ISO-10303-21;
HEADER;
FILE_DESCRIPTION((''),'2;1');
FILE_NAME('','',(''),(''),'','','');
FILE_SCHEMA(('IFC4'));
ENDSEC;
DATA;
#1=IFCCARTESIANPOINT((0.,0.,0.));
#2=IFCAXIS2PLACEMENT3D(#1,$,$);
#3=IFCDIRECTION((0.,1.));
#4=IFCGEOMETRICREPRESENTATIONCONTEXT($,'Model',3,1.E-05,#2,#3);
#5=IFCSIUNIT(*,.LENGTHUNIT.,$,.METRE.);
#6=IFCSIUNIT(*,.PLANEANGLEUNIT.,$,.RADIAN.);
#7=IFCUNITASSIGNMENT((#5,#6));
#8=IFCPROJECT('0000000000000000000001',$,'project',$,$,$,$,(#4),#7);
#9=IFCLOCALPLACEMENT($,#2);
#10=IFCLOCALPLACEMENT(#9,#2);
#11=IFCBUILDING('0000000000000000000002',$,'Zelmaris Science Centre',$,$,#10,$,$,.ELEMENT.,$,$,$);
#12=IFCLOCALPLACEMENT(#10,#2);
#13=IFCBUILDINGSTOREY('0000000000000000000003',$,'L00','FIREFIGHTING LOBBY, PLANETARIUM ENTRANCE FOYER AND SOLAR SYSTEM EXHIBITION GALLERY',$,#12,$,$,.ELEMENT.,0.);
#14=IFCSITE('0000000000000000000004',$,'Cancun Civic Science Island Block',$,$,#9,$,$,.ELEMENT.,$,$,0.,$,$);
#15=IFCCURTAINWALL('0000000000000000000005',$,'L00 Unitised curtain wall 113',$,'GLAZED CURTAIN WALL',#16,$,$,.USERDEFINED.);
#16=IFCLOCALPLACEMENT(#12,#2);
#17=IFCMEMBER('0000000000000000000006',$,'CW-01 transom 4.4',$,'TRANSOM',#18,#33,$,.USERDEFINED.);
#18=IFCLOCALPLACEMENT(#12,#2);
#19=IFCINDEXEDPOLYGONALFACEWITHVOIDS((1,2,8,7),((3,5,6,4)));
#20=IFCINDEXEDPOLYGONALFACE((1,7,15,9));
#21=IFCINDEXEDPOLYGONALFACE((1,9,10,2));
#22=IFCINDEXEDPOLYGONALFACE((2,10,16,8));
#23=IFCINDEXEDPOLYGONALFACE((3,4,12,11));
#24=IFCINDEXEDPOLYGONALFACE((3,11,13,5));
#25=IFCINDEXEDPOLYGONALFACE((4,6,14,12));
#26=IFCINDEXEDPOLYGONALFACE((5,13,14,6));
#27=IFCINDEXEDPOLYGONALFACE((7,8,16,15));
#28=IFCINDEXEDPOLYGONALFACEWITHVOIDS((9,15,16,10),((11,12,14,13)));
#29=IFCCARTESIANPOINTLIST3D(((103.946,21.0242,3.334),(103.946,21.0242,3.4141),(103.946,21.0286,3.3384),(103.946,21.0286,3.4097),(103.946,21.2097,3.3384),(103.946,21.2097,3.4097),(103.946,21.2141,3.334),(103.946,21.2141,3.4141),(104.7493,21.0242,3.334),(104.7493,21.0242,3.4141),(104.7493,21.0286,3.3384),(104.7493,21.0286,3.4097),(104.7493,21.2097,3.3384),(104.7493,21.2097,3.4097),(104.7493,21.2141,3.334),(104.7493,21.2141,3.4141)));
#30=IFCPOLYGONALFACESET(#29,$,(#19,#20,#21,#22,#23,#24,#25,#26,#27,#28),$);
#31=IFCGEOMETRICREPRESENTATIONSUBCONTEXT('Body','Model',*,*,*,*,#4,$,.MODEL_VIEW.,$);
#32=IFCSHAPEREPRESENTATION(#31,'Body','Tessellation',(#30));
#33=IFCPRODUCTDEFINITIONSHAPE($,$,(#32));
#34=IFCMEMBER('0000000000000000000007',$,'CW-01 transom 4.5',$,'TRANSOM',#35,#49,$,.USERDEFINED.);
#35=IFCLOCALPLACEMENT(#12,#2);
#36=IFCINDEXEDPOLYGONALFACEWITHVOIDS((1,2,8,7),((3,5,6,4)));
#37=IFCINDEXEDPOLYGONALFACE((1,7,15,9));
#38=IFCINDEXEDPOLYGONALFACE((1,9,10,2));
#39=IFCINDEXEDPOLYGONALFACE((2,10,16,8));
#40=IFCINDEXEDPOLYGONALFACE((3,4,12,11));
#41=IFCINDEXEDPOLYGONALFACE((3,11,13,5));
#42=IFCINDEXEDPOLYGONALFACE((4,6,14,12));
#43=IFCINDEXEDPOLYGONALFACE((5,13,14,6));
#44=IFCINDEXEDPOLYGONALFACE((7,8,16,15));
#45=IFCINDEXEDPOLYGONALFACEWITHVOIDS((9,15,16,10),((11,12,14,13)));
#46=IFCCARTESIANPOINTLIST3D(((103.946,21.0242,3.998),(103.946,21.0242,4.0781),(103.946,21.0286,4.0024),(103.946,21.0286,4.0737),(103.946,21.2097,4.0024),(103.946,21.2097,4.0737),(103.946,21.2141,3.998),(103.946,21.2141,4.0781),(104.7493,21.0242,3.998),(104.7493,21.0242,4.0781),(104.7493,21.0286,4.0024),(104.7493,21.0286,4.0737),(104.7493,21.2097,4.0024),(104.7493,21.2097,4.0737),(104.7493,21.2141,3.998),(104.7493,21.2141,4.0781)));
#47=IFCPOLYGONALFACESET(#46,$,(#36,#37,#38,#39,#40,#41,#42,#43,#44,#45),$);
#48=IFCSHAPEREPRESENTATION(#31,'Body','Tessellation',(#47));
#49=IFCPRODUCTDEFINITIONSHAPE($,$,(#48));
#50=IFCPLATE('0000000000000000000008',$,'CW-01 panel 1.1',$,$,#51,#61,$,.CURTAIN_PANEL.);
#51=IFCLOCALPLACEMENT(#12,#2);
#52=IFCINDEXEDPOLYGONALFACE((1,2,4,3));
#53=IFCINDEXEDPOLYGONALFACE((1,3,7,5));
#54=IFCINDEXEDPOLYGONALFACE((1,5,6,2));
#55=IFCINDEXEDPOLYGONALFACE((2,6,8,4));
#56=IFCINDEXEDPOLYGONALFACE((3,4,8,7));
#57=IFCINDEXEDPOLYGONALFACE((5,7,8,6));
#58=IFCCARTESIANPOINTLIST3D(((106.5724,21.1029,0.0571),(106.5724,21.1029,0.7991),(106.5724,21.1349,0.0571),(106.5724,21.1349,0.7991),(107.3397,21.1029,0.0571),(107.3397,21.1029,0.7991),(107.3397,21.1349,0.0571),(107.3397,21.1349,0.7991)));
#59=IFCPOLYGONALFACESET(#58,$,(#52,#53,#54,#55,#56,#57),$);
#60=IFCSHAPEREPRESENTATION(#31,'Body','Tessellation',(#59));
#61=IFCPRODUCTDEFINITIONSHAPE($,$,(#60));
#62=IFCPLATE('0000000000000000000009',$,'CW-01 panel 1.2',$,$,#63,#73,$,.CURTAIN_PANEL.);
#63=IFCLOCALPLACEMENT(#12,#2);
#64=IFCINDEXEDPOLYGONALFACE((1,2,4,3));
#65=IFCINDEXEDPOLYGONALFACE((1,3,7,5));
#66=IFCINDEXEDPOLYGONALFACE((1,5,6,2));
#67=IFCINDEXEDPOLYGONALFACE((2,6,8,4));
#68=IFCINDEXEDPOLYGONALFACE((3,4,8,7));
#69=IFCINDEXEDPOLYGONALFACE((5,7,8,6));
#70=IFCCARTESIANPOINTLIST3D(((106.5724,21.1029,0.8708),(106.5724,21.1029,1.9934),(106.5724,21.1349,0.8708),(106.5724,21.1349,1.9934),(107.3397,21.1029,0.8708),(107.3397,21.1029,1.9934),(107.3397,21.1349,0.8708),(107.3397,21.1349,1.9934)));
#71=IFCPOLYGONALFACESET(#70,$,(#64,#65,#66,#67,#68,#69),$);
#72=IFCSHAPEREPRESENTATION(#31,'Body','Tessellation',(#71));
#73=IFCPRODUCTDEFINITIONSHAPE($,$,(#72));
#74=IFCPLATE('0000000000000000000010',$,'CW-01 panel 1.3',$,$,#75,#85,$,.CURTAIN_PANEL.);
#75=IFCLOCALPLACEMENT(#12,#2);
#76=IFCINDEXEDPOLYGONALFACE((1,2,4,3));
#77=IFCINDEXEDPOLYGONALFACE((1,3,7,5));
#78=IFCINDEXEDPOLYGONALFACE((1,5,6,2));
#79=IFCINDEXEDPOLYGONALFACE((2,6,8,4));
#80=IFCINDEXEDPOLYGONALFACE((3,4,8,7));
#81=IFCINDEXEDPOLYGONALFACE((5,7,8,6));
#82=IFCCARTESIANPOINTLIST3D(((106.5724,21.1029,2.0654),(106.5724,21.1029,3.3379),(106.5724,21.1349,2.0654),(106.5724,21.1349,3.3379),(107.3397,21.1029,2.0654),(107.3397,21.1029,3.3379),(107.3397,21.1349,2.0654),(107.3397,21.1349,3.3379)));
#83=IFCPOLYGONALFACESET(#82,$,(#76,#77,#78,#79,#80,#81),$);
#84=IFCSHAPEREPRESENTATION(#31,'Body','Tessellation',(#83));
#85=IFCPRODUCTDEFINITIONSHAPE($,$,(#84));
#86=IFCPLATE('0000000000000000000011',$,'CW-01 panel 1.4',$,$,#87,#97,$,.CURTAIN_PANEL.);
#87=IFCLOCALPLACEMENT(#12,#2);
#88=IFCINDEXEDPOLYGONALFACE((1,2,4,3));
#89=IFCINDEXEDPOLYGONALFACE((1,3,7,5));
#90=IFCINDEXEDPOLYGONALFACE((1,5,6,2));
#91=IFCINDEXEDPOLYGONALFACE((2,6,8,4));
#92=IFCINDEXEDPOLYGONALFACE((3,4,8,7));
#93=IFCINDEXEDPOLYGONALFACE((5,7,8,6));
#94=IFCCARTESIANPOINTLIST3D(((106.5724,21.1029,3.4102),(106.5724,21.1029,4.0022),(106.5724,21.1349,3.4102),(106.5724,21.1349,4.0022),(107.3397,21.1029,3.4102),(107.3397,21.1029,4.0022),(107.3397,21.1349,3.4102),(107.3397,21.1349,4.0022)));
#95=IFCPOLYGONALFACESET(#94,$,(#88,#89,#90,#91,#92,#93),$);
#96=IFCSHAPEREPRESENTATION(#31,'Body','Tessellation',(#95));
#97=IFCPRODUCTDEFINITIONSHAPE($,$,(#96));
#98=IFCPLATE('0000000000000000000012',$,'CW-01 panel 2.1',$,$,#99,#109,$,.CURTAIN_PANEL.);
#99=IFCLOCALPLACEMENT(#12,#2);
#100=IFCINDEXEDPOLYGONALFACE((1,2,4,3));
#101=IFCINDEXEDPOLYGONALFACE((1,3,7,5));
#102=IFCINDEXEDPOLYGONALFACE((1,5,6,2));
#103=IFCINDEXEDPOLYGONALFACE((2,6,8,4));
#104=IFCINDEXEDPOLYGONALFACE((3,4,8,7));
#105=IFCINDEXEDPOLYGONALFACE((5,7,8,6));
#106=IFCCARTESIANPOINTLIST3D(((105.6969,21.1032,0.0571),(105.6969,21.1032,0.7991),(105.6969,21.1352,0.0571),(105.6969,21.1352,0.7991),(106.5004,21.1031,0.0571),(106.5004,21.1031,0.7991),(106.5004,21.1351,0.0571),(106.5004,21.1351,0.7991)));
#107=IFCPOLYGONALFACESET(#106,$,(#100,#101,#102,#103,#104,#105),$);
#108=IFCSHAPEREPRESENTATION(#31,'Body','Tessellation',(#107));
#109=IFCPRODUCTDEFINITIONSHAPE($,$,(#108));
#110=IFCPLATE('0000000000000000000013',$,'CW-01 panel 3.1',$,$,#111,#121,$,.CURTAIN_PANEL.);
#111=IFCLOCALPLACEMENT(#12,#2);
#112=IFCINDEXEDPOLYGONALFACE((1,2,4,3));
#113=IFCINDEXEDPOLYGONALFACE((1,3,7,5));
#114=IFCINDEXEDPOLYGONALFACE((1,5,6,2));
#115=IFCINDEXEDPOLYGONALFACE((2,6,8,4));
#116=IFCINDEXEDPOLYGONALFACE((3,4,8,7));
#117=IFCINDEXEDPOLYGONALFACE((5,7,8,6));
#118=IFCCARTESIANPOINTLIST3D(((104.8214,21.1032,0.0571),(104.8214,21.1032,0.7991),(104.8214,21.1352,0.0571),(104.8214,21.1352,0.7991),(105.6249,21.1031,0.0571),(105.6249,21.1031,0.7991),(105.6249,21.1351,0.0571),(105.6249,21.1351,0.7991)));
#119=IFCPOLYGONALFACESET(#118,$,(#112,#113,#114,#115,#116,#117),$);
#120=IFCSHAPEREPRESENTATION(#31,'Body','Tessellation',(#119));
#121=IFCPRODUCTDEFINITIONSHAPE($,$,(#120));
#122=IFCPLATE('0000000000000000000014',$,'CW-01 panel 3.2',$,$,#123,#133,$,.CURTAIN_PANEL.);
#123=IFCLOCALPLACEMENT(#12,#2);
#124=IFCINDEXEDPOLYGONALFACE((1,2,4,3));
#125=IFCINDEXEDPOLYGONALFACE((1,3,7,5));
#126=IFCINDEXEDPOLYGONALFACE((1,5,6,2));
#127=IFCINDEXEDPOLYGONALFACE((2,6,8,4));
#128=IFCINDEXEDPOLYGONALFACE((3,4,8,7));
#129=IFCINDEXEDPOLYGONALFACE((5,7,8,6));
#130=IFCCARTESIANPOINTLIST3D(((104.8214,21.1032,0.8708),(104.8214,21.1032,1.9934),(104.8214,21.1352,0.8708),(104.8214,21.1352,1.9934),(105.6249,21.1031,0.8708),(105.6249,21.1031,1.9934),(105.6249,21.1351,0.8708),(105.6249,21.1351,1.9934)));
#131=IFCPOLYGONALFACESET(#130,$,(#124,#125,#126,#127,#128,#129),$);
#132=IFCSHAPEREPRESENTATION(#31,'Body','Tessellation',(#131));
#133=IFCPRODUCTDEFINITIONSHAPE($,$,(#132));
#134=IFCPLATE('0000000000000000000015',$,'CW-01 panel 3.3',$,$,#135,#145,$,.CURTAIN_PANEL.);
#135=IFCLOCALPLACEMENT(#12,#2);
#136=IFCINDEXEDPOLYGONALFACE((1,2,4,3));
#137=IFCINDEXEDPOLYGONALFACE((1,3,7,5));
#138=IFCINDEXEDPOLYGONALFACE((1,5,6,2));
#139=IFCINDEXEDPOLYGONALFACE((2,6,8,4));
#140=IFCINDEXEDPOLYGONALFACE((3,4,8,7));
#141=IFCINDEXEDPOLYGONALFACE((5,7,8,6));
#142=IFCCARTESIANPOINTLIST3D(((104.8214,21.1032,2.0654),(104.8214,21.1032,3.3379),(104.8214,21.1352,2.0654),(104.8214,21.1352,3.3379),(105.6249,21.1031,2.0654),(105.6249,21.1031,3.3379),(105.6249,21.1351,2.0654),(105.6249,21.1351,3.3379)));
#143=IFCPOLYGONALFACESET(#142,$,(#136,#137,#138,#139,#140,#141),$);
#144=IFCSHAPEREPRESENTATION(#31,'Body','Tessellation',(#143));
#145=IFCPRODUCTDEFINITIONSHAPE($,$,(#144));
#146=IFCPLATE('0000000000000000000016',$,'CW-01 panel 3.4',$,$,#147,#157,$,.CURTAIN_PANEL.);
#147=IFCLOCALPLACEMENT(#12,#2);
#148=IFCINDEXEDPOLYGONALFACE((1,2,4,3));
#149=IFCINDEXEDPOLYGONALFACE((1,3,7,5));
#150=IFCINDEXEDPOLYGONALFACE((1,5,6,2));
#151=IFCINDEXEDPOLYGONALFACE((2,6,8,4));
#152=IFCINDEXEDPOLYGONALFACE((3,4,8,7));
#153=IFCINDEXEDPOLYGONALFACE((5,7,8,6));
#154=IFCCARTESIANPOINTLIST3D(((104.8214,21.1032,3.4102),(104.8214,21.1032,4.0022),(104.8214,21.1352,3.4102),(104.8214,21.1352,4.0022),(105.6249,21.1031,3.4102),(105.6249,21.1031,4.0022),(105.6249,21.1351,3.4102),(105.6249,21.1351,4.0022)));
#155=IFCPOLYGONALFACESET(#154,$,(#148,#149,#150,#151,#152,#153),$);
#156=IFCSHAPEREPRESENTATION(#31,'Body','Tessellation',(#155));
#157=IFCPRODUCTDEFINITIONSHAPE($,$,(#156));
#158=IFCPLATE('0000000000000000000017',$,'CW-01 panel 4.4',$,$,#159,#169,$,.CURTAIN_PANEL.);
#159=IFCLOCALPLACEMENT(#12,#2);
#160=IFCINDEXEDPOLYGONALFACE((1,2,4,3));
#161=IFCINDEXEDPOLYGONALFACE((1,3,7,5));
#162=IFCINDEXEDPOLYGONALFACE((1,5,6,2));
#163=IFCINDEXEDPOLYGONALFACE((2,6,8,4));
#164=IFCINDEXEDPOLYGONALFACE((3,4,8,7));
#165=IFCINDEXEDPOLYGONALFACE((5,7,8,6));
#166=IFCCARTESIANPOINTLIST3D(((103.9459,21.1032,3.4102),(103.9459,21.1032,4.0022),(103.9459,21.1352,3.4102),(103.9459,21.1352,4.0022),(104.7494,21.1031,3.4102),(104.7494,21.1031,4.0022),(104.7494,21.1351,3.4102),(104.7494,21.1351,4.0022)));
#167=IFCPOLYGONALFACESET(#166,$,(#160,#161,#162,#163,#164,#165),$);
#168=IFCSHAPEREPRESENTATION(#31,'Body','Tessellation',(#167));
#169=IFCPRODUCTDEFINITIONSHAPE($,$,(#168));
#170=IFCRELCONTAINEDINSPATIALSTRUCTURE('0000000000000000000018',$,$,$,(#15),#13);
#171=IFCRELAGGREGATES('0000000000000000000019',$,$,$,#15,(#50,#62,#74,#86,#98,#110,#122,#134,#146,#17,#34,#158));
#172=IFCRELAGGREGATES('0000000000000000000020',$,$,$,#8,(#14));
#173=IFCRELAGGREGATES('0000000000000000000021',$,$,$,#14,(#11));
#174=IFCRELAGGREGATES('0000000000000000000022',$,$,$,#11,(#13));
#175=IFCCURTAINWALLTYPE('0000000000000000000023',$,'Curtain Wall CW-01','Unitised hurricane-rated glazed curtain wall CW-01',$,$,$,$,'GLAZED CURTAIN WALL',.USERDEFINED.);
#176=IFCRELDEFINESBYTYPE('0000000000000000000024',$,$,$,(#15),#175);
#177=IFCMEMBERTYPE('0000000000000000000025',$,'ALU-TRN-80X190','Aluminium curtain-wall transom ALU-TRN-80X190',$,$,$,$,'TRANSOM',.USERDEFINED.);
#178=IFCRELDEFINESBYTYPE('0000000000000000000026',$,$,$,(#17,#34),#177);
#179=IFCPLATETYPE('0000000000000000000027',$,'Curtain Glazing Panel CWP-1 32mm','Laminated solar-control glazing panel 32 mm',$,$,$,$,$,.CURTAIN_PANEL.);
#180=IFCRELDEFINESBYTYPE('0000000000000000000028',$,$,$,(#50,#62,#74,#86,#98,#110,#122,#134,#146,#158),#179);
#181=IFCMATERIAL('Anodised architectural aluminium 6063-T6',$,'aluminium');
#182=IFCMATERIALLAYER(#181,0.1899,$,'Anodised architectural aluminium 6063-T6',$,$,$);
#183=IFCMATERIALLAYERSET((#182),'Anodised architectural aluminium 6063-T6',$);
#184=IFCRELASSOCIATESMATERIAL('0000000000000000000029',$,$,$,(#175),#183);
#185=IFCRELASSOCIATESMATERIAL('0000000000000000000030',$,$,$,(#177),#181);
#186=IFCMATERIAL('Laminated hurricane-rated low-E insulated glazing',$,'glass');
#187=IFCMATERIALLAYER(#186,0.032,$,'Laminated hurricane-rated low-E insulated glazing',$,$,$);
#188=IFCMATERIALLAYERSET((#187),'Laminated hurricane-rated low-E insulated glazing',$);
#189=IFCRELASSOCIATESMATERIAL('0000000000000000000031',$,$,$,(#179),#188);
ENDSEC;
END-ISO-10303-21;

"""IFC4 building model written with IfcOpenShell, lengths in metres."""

from ifc_helpers import new_model, si_unit, direction, frame, origin, origin_2d, place, context, subcontext, project, spatial, rectangle, hollow_rectangle, extrude, material, layer, layer_set, material_profile, profile_set, type_object, element, aggregate, save


model = new_model("IFC4")

# Units and contexts
model_context = context("Model", 3, precision=1e-05, world=origin(), true_north=direction((0.0, 1.0)))
body_context = subcontext(model_context, "Body", "Model", "MODEL_VIEW")
ifc_project = project(units=[si_unit("LENGTHUNIT", "METRE"), si_unit("PLANEANGLEUNIT", "RADIAN")], contexts=[model_context])

# Site, building, storey
site_placement = place(None, origin())
site = spatial("IfcSite", under=ifc_project, at=site_placement, Name="Cancun Civic Science Island Block", CompositionType="ELEMENT", RefElevation=0.0)
building_placement = place(site_placement, origin())
building = spatial("IfcBuilding", under=site, at=building_placement, Name="Zelmaris Science Centre", CompositionType="ELEMENT")
storey_placement = place(building_placement, origin())
storey = spatial("IfcBuildingStorey", under=building, at=storey_placement, Name="L00", Description="FIREFIGHTING LOBBY, PLANETARIUM ENTRANCE FOYER AND SOLAR SYSTEM EXHIBITION GALLERY", CompositionType="ELEMENT", Elevation=0.0)

# Curtain wall, members, plates
ifc_material_1 = material(Name="Anodised architectural aluminium 6063-T6", Category="aluminium")
ifc_layer_1 = layer(ifc_material_1, 0.1899, Name="Anodised architectural aluminium 6063-T6")
ifc_layer_set_1 = layer_set([ifc_layer_1], Name="Anodised architectural aluminium 6063-T6")
curtain_wall_type = type_object("IfcCurtainWallType", Name="Curtain Wall CW-01", Description="Unitised hurricane-rated glazed curtain wall CW-01", ElementType="GLAZED CURTAIN WALL", PredefinedType="USERDEFINED", material=ifc_layer_set_1)
curtain_wall_placement = place(storey_placement, origin())
curtain_wall = element("IfcCurtainWall", 1, at=curtain_wall_placement, inside=storey, type_object=curtain_wall_type, Name="L00 Unitised curtain wall 113", ObjectType="GLAZED CURTAIN WALL", PredefinedType="USERDEFINED")
ifc_material_profile_1 = material_profile(ifc_material_1, hollow_rectangle(XDim=0.0801, YDim=0.1899, WallThickness=0.0044, at=origin_2d()), Name="ALU-TRN-80X190")
ifc_profile_set_1 = profile_set([ifc_material_profile_1], Name="Anodised architectural aluminium 6063-T6")
member_type_1 = type_object("IfcMemberType", Name="ALU-TRN-80X190", Description="Aluminium curtain-wall transom ALU-TRN-80X190", ElementType="TRANSOM", PredefinedType="USERDEFINED", material=ifc_profile_set_1)
member_1_placement = place(storey_placement, frame((104.7493, 21.1191, 3.374), z_axis=(-1.0, 0.0, 0.0), x_axis=(0.0, 0.0, 1.0)))
member_1 = element("IfcMember", 2, at=member_1_placement, type_object=member_type_1, Name="CW-01 transom 4.4", ObjectType="TRANSOM", PredefinedType="USERDEFINED", context=body_context, shape_type="SweptSolid", body=[
    extrude(hollow_rectangle(XDim=0.0801, YDim=0.1899, WallThickness=0.0044, at=origin_2d()), origin(), (0.0, 0.0, 1.0), 0.8032),
])
member_2_placement = place(storey_placement, frame((104.7493, 21.1191, 4.0381), z_axis=(-1.0, 0.0, 0.0), x_axis=(0.0, 0.0, 1.0)))
member_2 = element("IfcMember", 3, at=member_2_placement, type_object=member_type_1, Name="CW-01 transom 4.5", ObjectType="TRANSOM", PredefinedType="USERDEFINED", context=body_context, shape_type="SweptSolid", body=[
    extrude(hollow_rectangle(XDim=0.0801, YDim=0.1899, WallThickness=0.0044, at=origin_2d()), origin(), (0.0, 0.0, 1.0), 0.8032),
])
ifc_material_2 = material(Name="Laminated hurricane-rated low-E insulated glazing", Category="glass")
ifc_layer_2 = layer(ifc_material_2, 0.032, Name="Laminated hurricane-rated low-E insulated glazing")
ifc_layer_set_2 = layer_set([ifc_layer_2], Name="Laminated hurricane-rated low-E insulated glazing")
plate_type = type_object("IfcPlateType", Name="Curtain Glazing Panel CWP-1 32mm", Description="Laminated solar-control glazing panel 32 mm", PredefinedType="CURTAIN_PANEL", material=ifc_layer_set_2)
plate_1_placement = place(storey_placement, frame((106.9561, 21.1189, 0.0571), z_axis=(0.0, 0.0, 1.0), x_axis=(-1.0, 0.000091, 0.0)))
plate_1 = element("IfcPlate", 4, at=plate_1_placement, type_object=plate_type, Name="CW-01 panel 1.1", PredefinedType="CURTAIN_PANEL", context=body_context, shape_type="SweptSolid", body=[
    extrude(rectangle(XDim=0.7673, YDim=0.032, at=origin_2d()), origin(), (0.0, 0.0, 1.0), 0.7419),
])
plate_2_placement = place(storey_placement, frame((106.9561, 21.1189, 0.8708), z_axis=(0.0, 0.0, 1.0), x_axis=(-1.0, 0.000091, 0.0)))
plate_2 = element("IfcPlate", 5, at=plate_2_placement, type_object=plate_type, Name="CW-01 panel 1.2", PredefinedType="CURTAIN_PANEL", context=body_context, shape_type="SweptSolid", body=[
    extrude(rectangle(XDim=0.7673, YDim=0.032, at=origin_2d()), origin(), (0.0, 0.0, 1.0), 1.1226),
])
plate_3_placement = place(storey_placement, frame((106.9561, 21.1189, 2.0654), z_axis=(0.0, 0.0, 1.0), x_axis=(-1.0, 0.000091, 0.0)))
plate_3 = element("IfcPlate", 6, at=plate_3_placement, type_object=plate_type, Name="CW-01 panel 1.3", PredefinedType="CURTAIN_PANEL", context=body_context, shape_type="SweptSolid", body=[
    extrude(rectangle(XDim=0.7673, YDim=0.032, at=origin_2d()), origin(), (0.0, 0.0, 1.0), 1.2725),
])
plate_4_placement = place(storey_placement, frame((106.9561, 21.1189, 3.4102), z_axis=(0.0, 0.0, 1.0), x_axis=(-1.0, 0.000091, 0.0)))
plate_4 = element("IfcPlate", 7, at=plate_4_placement, type_object=plate_type, Name="CW-01 panel 1.4", PredefinedType="CURTAIN_PANEL", context=body_context, shape_type="SweptSolid", body=[
    extrude(rectangle(XDim=0.7673, YDim=0.032, at=origin_2d()), origin(), (0.0, 0.0, 1.0), 0.592),
])
plate_5_placement = place(storey_placement, frame((106.0986, 21.1191, 0.0571), z_axis=(0.0, 0.0, 1.0), x_axis=(-1.0, 0.000091, 0.0)))
plate_5 = element("IfcPlate", 8, at=plate_5_placement, type_object=plate_type, Name="CW-01 panel 2.1", PredefinedType="CURTAIN_PANEL", context=body_context, shape_type="SweptSolid", body=[
    extrude(rectangle(XDim=0.8035, YDim=0.032, at=origin_2d()), origin(), (0.0, 0.0, 1.0), 0.7419),
])
plate_6_placement = place(storey_placement, frame((105.2231, 21.1191, 0.0571), z_axis=(0.0, 0.0, 1.0), x_axis=(-1.0, 0.000091, 0.0)))
plate_6 = element("IfcPlate", 9, at=plate_6_placement, type_object=plate_type, Name="CW-01 panel 3.1", PredefinedType="CURTAIN_PANEL", context=body_context, shape_type="SweptSolid", body=[
    extrude(rectangle(XDim=0.8035, YDim=0.032, at=origin_2d()), origin(), (0.0, 0.0, 1.0), 0.7419),
])
plate_7_placement = place(storey_placement, frame((105.2231, 21.1191, 0.8708), z_axis=(0.0, 0.0, 1.0), x_axis=(-1.0, 0.000091, 0.0)))
plate_7 = element("IfcPlate", 10, at=plate_7_placement, type_object=plate_type, Name="CW-01 panel 3.2", PredefinedType="CURTAIN_PANEL", context=body_context, shape_type="SweptSolid", body=[
    extrude(rectangle(XDim=0.8035, YDim=0.032, at=origin_2d()), origin(), (0.0, 0.0, 1.0), 1.1226),
])
plate_8_placement = place(storey_placement, frame((105.2231, 21.1191, 2.0654), z_axis=(0.0, 0.0, 1.0), x_axis=(-1.0, 0.000091, 0.0)))
plate_8 = element("IfcPlate", 11, at=plate_8_placement, type_object=plate_type, Name="CW-01 panel 3.3", PredefinedType="CURTAIN_PANEL", context=body_context, shape_type="SweptSolid", body=[
    extrude(rectangle(XDim=0.8035, YDim=0.032, at=origin_2d()), origin(), (0.0, 0.0, 1.0), 1.2725),
])
plate_9_placement = place(storey_placement, frame((105.2231, 21.1191, 3.4102), z_axis=(0.0, 0.0, 1.0), x_axis=(-1.0, 0.000091, 0.0)))
plate_9 = element("IfcPlate", 12, at=plate_9_placement, type_object=plate_type, Name="CW-01 panel 3.4", PredefinedType="CURTAIN_PANEL", context=body_context, shape_type="SweptSolid", body=[
    extrude(rectangle(XDim=0.8035, YDim=0.032, at=origin_2d()), origin(), (0.0, 0.0, 1.0), 0.592),
])
plate_10_placement = place(storey_placement, frame((104.3477, 21.1191, 3.4102), z_axis=(0.0, 0.0, 1.0), x_axis=(-1.0, 0.000091, 0.0)))
plate_10 = element("IfcPlate", 13, at=plate_10_placement, type_object=plate_type, Name="CW-01 panel 4.4", PredefinedType="CURTAIN_PANEL", context=body_context, shape_type="SweptSolid", body=[
    extrude(rectangle(XDim=0.8035, YDim=0.032, at=origin_2d()), origin(), (0.0, 0.0, 1.0), 0.592),
])
aggregate(curtain_wall, [plate_1, plate_2, plate_3, plate_4, plate_5, plate_6, plate_7, plate_8, plate_9, member_1, member_2, plate_10])

save(model, "model.ifc")
